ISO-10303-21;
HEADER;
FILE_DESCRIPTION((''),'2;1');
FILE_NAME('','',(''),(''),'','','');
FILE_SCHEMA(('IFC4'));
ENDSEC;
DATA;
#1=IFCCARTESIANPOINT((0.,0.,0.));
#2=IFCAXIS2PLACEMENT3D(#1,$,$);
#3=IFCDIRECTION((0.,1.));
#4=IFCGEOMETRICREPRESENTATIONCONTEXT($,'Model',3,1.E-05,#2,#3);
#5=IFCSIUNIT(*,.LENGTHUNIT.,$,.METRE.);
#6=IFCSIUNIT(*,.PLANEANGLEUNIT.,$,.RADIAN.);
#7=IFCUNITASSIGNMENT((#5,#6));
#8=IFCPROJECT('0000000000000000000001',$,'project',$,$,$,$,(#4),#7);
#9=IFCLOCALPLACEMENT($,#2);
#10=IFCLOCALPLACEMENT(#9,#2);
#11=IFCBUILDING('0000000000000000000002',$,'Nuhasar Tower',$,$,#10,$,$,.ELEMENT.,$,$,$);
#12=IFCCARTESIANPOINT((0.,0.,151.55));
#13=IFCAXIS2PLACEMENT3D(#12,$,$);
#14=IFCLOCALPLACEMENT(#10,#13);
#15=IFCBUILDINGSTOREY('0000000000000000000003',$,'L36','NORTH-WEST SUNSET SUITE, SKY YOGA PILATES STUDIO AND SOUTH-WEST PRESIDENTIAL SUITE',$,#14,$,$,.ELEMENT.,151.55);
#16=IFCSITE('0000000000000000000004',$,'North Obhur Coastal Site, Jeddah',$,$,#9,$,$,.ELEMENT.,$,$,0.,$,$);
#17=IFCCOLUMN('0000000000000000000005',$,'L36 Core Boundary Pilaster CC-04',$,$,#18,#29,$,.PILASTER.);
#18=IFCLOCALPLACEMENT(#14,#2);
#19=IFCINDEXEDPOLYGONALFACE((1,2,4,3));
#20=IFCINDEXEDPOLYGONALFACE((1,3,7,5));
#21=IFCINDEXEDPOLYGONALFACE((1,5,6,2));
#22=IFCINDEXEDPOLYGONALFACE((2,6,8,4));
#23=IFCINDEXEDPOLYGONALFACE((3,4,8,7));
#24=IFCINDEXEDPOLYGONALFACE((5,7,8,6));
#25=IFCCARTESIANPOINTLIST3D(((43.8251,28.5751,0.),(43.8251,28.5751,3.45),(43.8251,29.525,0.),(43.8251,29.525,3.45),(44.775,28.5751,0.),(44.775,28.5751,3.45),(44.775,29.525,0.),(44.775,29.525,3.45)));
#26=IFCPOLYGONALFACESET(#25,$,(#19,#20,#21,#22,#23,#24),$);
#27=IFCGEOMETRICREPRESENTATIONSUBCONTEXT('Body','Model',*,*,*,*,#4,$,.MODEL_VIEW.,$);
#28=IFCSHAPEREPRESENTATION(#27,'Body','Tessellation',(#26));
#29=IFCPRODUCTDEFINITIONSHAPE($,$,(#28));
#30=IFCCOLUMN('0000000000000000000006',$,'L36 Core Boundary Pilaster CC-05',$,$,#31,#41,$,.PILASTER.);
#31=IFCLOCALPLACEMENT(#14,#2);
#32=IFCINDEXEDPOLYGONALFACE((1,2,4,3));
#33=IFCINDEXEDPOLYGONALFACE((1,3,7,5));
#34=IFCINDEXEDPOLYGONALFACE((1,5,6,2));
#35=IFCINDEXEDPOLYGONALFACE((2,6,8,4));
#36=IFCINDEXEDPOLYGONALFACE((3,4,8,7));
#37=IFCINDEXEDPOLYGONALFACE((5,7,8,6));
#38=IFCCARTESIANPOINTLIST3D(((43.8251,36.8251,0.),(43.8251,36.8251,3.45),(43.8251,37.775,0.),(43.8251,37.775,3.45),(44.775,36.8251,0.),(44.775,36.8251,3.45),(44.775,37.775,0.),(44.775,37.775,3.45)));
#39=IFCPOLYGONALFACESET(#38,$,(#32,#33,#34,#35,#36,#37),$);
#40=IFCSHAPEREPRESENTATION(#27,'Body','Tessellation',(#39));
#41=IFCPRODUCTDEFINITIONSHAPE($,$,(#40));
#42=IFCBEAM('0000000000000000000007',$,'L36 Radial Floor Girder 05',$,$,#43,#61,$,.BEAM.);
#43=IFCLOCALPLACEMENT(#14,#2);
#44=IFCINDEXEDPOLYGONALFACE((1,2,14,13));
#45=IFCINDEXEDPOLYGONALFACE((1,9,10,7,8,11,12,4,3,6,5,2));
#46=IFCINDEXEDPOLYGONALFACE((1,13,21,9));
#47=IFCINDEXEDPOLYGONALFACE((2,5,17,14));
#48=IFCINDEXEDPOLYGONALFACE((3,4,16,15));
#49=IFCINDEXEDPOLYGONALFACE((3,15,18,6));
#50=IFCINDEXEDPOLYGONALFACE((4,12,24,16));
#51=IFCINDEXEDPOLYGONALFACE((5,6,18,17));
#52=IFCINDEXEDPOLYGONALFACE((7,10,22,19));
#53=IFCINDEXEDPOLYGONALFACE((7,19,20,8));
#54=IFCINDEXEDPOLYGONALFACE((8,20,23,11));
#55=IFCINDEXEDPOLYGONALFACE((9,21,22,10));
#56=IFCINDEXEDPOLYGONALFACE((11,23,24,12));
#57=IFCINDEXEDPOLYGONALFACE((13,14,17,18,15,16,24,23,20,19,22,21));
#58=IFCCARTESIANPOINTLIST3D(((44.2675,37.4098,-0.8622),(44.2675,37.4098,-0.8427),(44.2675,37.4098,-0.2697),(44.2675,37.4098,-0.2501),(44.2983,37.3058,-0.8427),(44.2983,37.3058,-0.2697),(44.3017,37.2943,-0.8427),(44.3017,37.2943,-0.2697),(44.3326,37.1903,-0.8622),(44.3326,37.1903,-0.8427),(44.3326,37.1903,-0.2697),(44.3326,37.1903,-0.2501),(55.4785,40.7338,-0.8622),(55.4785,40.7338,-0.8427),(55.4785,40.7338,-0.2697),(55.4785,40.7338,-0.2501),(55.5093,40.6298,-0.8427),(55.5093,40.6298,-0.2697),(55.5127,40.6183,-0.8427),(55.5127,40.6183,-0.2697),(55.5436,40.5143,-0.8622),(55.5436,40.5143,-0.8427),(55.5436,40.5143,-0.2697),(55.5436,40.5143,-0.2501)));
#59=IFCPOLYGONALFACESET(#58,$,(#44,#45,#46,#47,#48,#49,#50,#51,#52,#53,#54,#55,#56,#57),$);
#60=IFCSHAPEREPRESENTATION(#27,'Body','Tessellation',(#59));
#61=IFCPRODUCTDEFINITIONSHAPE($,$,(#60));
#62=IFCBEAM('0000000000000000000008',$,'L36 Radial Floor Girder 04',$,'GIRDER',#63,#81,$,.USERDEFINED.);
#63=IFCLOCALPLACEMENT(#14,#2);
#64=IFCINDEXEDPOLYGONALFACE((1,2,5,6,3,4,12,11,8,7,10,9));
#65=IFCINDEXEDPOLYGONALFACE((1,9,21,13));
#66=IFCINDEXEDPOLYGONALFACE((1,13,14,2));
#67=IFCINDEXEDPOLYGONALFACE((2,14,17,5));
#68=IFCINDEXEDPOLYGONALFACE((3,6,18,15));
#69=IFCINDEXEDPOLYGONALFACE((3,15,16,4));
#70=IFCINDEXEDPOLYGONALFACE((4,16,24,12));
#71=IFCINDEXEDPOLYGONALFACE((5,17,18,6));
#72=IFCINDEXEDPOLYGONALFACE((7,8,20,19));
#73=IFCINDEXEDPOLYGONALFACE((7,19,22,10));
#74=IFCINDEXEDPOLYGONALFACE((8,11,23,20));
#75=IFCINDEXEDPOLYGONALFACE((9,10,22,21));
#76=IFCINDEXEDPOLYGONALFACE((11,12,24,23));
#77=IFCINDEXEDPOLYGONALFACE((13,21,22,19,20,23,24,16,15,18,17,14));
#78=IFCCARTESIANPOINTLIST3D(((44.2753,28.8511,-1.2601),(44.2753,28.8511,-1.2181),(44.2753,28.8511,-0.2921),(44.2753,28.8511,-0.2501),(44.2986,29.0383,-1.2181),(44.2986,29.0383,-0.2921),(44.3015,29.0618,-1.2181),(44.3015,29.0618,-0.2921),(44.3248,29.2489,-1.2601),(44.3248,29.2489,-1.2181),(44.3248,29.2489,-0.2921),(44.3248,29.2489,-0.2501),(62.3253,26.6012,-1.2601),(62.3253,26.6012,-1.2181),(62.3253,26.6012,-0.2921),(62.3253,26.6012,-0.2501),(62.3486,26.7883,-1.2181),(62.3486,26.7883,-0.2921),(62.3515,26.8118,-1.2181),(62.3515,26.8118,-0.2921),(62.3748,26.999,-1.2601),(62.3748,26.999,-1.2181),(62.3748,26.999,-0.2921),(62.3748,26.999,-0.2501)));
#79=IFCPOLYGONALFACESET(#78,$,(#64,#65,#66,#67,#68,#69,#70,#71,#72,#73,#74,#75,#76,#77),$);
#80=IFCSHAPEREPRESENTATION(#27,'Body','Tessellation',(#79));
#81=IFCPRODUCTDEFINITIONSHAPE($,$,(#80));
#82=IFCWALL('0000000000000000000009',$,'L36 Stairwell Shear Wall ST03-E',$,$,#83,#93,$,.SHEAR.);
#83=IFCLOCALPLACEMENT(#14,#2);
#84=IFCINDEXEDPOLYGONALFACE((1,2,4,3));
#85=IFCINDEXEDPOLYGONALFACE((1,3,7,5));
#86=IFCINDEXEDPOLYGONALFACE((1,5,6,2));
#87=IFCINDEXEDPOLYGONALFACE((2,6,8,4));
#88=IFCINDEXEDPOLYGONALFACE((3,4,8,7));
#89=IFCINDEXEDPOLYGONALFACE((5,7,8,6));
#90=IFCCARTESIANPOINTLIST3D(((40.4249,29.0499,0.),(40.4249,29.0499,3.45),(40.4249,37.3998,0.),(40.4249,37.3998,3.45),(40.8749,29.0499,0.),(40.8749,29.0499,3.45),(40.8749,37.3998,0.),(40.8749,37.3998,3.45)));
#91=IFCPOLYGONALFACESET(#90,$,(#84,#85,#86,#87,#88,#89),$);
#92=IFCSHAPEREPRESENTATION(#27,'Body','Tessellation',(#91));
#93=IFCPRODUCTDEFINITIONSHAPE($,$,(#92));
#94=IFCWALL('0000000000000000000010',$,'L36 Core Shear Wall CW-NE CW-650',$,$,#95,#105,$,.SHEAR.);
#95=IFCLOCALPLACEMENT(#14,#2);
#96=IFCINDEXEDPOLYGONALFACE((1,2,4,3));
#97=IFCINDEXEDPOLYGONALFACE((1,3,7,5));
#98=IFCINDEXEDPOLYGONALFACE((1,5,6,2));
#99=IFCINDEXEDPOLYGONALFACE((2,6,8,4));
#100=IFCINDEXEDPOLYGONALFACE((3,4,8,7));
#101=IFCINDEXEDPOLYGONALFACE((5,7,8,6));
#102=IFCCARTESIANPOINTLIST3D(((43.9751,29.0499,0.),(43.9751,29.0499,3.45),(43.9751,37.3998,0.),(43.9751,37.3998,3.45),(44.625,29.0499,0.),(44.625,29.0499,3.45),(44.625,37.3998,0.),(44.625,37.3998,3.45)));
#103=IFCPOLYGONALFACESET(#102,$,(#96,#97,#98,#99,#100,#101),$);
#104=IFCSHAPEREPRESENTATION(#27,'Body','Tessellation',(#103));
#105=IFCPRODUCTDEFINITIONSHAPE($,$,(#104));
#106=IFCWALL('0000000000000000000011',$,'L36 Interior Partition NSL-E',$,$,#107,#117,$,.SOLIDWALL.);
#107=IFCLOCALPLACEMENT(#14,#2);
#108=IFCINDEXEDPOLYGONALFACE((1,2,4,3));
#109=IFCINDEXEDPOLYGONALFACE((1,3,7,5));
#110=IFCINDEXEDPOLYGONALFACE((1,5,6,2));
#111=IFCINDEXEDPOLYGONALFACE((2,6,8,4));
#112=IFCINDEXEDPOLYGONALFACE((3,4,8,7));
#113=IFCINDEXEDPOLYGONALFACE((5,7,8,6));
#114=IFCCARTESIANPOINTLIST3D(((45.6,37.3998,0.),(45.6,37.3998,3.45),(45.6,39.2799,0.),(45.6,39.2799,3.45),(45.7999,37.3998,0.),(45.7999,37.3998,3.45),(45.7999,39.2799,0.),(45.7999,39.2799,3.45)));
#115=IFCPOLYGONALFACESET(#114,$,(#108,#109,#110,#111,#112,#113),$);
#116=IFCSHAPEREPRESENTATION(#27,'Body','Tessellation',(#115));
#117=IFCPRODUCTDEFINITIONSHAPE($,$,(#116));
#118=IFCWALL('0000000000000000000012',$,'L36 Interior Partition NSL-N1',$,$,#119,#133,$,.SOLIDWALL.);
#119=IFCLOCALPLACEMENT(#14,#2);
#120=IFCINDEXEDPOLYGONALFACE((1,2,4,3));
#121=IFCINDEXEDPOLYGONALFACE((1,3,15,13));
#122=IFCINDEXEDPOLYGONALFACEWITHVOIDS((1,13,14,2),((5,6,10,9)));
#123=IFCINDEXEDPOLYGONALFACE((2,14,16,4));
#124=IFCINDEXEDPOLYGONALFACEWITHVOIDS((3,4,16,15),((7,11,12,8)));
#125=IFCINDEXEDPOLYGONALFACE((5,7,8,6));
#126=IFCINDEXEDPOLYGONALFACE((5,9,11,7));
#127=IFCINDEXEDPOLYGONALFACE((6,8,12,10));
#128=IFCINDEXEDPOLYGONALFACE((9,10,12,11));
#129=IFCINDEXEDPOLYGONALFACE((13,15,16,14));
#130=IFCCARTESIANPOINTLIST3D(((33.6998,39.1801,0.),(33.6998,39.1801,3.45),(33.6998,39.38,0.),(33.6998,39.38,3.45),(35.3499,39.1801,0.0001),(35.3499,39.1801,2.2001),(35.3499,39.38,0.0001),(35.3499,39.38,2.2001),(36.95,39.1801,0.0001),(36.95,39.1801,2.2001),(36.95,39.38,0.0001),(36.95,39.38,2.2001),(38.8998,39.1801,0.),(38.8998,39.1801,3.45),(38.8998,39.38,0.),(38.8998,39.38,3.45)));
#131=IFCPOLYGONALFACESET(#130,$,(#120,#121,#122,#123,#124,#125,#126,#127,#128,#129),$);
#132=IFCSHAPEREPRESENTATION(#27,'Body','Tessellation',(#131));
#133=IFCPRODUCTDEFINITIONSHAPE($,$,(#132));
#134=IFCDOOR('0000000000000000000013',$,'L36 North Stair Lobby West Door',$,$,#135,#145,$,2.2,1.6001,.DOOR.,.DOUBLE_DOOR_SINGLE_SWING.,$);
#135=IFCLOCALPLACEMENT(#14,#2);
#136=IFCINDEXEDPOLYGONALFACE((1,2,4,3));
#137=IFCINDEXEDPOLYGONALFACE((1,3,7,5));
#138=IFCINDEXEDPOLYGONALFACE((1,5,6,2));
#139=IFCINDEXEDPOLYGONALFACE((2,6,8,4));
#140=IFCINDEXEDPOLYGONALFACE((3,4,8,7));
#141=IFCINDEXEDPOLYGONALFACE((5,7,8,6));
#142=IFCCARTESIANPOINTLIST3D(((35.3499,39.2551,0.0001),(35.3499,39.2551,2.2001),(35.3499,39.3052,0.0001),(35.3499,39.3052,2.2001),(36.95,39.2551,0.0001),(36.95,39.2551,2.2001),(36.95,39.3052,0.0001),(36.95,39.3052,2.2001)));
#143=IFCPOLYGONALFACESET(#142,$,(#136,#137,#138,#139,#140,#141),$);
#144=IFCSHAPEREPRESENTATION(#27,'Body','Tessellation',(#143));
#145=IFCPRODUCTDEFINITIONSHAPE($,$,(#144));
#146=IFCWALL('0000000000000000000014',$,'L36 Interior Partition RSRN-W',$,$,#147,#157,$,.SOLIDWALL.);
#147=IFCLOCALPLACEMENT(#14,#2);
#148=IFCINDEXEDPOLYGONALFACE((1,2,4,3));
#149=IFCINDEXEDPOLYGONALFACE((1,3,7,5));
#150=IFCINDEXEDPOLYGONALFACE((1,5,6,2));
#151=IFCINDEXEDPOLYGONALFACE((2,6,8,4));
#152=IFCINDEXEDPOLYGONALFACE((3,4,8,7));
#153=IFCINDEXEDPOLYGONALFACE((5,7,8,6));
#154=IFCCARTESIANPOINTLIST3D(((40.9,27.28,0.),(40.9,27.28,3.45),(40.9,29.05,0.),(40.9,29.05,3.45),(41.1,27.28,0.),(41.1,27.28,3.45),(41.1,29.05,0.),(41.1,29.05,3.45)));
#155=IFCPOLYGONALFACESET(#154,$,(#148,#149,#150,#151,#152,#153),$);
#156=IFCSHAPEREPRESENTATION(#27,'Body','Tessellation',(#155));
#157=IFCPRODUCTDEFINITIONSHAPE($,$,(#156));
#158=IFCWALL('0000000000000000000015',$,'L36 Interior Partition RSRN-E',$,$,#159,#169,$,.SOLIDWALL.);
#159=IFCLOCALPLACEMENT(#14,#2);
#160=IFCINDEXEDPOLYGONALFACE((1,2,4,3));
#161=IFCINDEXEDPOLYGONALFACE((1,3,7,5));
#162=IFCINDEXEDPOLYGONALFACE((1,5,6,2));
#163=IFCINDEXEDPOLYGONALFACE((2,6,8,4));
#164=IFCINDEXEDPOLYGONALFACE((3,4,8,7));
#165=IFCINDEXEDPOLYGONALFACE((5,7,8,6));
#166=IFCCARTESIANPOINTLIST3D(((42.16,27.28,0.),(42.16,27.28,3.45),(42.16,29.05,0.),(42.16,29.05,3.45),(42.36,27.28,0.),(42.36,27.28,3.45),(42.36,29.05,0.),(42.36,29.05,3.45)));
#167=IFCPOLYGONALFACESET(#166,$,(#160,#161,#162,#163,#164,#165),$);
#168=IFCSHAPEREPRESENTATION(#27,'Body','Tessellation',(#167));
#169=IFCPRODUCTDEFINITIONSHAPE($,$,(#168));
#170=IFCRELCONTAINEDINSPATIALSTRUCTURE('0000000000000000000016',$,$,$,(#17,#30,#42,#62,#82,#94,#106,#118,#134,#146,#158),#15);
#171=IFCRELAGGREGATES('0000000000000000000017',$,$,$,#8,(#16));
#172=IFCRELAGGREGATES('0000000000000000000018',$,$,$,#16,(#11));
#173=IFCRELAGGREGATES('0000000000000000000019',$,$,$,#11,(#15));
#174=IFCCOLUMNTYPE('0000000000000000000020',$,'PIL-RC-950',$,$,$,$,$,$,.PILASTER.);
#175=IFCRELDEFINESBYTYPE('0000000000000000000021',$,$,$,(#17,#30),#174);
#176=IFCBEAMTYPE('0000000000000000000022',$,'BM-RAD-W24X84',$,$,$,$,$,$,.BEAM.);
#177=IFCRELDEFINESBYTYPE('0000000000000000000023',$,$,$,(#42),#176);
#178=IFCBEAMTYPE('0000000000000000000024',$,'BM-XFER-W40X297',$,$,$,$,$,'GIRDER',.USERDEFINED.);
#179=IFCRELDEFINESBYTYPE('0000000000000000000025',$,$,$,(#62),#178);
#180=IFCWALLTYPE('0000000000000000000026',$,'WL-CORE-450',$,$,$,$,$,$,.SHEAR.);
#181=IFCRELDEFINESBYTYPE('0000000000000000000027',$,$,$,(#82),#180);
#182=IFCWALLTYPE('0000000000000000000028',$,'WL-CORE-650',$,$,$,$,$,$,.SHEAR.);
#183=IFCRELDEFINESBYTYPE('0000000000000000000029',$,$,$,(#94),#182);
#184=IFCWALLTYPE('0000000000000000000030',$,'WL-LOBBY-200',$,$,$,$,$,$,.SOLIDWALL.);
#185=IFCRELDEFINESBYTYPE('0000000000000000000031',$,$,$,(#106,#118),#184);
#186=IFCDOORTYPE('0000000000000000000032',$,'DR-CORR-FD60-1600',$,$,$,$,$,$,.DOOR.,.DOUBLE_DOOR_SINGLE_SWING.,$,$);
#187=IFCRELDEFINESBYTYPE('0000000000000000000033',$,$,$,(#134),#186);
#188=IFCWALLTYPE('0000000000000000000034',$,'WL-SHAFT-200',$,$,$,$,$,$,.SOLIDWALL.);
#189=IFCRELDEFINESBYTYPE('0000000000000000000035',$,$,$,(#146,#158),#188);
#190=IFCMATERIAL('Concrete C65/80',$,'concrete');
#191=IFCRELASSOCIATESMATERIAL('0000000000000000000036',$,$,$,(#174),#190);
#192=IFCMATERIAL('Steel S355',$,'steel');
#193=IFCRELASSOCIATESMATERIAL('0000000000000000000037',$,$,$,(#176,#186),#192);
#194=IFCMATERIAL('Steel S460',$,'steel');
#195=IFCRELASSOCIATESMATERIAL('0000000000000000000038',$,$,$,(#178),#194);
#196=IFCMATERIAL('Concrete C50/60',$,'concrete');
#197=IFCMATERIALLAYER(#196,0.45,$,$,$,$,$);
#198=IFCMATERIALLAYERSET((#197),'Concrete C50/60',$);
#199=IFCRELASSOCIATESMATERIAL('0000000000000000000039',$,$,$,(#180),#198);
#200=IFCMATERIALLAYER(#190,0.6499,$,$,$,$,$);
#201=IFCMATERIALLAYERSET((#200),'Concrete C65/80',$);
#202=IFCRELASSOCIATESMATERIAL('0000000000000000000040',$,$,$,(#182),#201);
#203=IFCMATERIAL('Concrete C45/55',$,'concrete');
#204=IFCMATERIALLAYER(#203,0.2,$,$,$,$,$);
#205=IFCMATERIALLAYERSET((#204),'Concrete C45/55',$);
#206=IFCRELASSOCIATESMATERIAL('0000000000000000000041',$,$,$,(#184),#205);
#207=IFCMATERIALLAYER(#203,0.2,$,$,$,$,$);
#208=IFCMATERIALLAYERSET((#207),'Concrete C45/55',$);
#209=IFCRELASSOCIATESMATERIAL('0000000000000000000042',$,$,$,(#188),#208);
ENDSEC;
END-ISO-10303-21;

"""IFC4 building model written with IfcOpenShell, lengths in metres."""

from ifc_helpers import new_model, si_unit, direction, frame, frame_2d, origin, origin_2d, place, context, subcontext, project, spatial, rectangle, i_section, extrude, material, layer, layer_set, material_profile, profile_set, type_object, element, fill, save


model = new_model("IFC4")

# Units and contexts
model_context = context("Model", 3, precision=1e-05, world=origin(), true_north=direction((0.0, 1.0)))
body_context = subcontext(model_context, "Body", "Model", "MODEL_VIEW")
ifc_project = project(units=[si_unit("LENGTHUNIT", "METRE"), si_unit("PLANEANGLEUNIT", "RADIAN")], contexts=[model_context])

# Site, building, storey
site_placement = place(None, origin())
site = spatial("IfcSite", under=ifc_project, at=site_placement, Name="North Obhur Coastal Site, Jeddah", CompositionType="ELEMENT", RefElevation=0.0)
building_placement = place(site_placement, origin())
building = spatial("IfcBuilding", under=site, at=building_placement, Name="Nuhasar Tower", CompositionType="ELEMENT")
storey_placement = place(building_placement, frame((0.0, 0.0, 151.55)))
storey = spatial("IfcBuildingStorey", under=building, at=storey_placement, Name="L36", Description="NORTH-WEST SUNSET SUITE, SKY YOGA PILATES STUDIO AND SOUTH-WEST PRESIDENTIAL SUITE", CompositionType="ELEMENT", Elevation=151.55)

# Columns
ifc_material_1 = material(Name="Concrete C65/80", Category="concrete")
ifc_material_profile_1 = material_profile(ifc_material_1, rectangle(XDim=0.95, YDim=0.95, at=origin_2d()), Name="RC950X950")
ifc_profile_set_1 = profile_set([ifc_material_profile_1], Name="Concrete C65/80")
column_type = type_object("IfcColumnType", Name="PIL-RC-950", PredefinedType="PILASTER", material=ifc_profile_set_1)
for number, where, z_axis, x_axis, name in (
    (1, (44.3, 29.05, 0.0), (0.0, 0.0, 1.0), (1.0, 0.0, 0.0), "L36 Core Boundary Pilaster CC-04"),
    (2, (44.3, 37.3, 0.0), (0.0, 0.0, 1.0), (1.0, 0.0, 0.0), "L36 Core Boundary Pilaster CC-05"),
):
    element("IfcColumn", number, at=place(storey_placement, frame(where, z_axis=z_axis, x_axis=x_axis)), inside=storey, type_object=column_type, Name=name, PredefinedType="PILASTER", context=body_context, shape_type="SweptSolid", body=[
        extrude(rectangle(XDim=0.95, YDim=0.95, at=origin_2d()), origin(), (0.0, 0.0, 1.0), 3.45),
    ])

# Beams
ifc_material_2 = material(Name="Steel S355", Category="steel")
ifc_material_profile_2 = material_profile(ifc_material_2, i_section(OverallWidth=0.229, OverallDepth=0.6121, WebThickness=0.012, FlangeThickness=0.0195, at=origin_2d()), Name="W24X84")
ifc_profile_set_2 = profile_set([ifc_material_profile_2], Name="Steel S355")
beam_type_1 = type_object("IfcBeamType", Name="BM-RAD-W24X84", PredefinedType="BEAM", material=ifc_profile_set_2)
beam_1_placement = place(storey_placement, frame((44.3, 37.3, -0.5562), z_axis=(0.958746, 0.284262, 0.0), x_axis=(-0.284262, 0.958746, 0.0)))
element("IfcBeam", 3, at=beam_1_placement, inside=storey, type_object=beam_type_1, Name="L36 Radial Floor Girder 05", PredefinedType="BEAM", context=body_context, shape_type="SweptSolid", body=[
    extrude(i_section(OverallWidth=0.229, OverallDepth=0.6121, WebThickness=0.012, FlangeThickness=0.0195, at=origin_2d()), origin(), (0.0, 0.0, 1.0), 11.6934),
])
ifc_material_3 = material(Name="Steel S460", Category="steel")
ifc_material_profile_3 = material_profile(ifc_material_3, i_section(OverallWidth=0.4009, OverallDepth=1.01, WebThickness=0.0237, FlangeThickness=0.042, at=origin_2d()), Name="W40X297")
ifc_profile_set_3 = profile_set([ifc_material_profile_3], Name="Steel S460")
beam_type_2 = type_object("IfcBeamType", Name="BM-XFER-W40X297", ElementType="GIRDER", PredefinedType="USERDEFINED", material=ifc_profile_set_3)
beam_2_placement = place(storey_placement, frame((44.3, 29.05, -0.7551), z_axis=(0.99232, -0.123696, 0.0), x_axis=(0.123696, 0.99232, 0.0)))
element("IfcBeam", 4, at=beam_2_placement, inside=storey, type_object=beam_type_2, Name="L36 Radial Floor Girder 04", ObjectType="GIRDER", PredefinedType="USERDEFINED", context=body_context, shape_type="SweptSolid", body=[
    extrude(i_section(OverallWidth=0.4009, OverallDepth=1.01, WebThickness=0.0237, FlangeThickness=0.042, at=origin_2d()), origin(), (0.0, 0.0, 1.0), 18.1897),
])

# Shared definitions
ifc_material_4 = material(Name="Concrete C50/60", Category="concrete")
ifc_layer_1 = layer(ifc_material_4, 0.45)
ifc_layer_set_1 = layer_set([ifc_layer_1], Name="Concrete C50/60")
wall_type_1 = type_object("IfcWallType", Name="WL-CORE-450", PredefinedType="SHEAR", material=ifc_layer_set_1)

# Wall
wall_1_placement = place(storey_placement, frame((40.6499, 29.05, 0.0), z_axis=(0.0, 0.0, 1.0), x_axis=(0.0, 1.0, 0.0)))
element("IfcWall", 5, at=wall_1_placement, inside=storey, type_object=wall_type_1, Name="L36 Stairwell Shear Wall ST03-E", PredefinedType="SHEAR", context=body_context, shape_type="SweptSolid", body=[
    extrude(rectangle(XDim=8.3499, YDim=0.45, at=frame_2d((4.1748, 0.0))), origin(), (0.0, 0.0, 1.0), 3.45),
])

# Walls
ifc_layer_2 = layer(ifc_material_1, 0.6499)
ifc_layer_set_2 = layer_set([ifc_layer_2], Name="Concrete C65/80")
wall_type_2 = type_object("IfcWallType", Name="WL-CORE-650", PredefinedType="SHEAR", material=ifc_layer_set_2)
wall_2_placement = place(storey_placement, frame((44.3, 29.05, 0.0), z_axis=(0.0, 0.0, 1.0), x_axis=(0.0, 1.0, 0.0)))
element("IfcWall", 6, at=wall_2_placement, inside=storey, type_object=wall_type_2, Name="L36 Core Shear Wall CW-NE CW-650", PredefinedType="SHEAR", context=body_context, shape_type="SweptSolid", body=[
    extrude(rectangle(XDim=8.3499, YDim=0.6499, at=frame_2d((4.1748, 0.0))), origin(), (0.0, 0.0, 1.0), 3.45),
])
ifc_material_5 = material(Name="Concrete C45/55", Category="concrete")
ifc_layer_3 = layer(ifc_material_5, 0.2)
ifc_layer_set_3 = layer_set([ifc_layer_3], Name="Concrete C45/55")
wall_type_3 = type_object("IfcWallType", Name="WL-LOBBY-200", PredefinedType="SOLIDWALL", material=ifc_layer_set_3)
wall_3_placement = place(storey_placement, frame((45.7, 37.3999, 0.0), z_axis=(0.0, 0.0, 1.0), x_axis=(0.0, 1.0, 0.0)))
element("IfcWall", 7, at=wall_3_placement, inside=storey, type_object=wall_type_3, Name="L36 Interior Partition NSL-E", PredefinedType="SOLIDWALL", context=body_context, shape_type="SweptSolid", body=[
    extrude(rectangle(XDim=1.8801, YDim=0.2, at=frame_2d((0.9399, 0.0))), origin(), (0.0, 0.0, 1.0), 3.45),
])

# Wall, opening, door
wall_4_placement = place(storey_placement, frame((38.8999, 39.28, 0.0), z_axis=(0.0, 0.0, 1.0), x_axis=(-1.0, 0.0, 0.0)))
wall_4 = element("IfcWall", 8, at=wall_4_placement, inside=storey, type_object=wall_type_3, Name="L36 Interior Partition NSL-N1", PredefinedType="SOLIDWALL", context=body_context, shape_type="SweptSolid", body=[
    extrude(rectangle(XDim=5.2, YDim=0.2, at=frame_2d((2.6001, 0.0))), origin(), (0.0, 0.0, 1.0), 3.45),
])
opening_1_placement = place(wall_4_placement, frame((1.95, 0.0, 0.0)))
opening_1 = element("IfcOpeningElement", 9, at=opening_1_placement, cuts=wall_4, PredefinedType="OPENING", context=body_context, shape_type="SweptSolid", body=[
    extrude(rectangle(XDim=1.6001, YDim=2.2, at=frame_2d((0.8, 1.1001))), frame((0.0, 0.1099, 0.0), z_axis=(0.0, -1.0, 0.0), x_axis=(1.0, 0.0, 0.0)), (0.0, 0.0, 1.0), 0.22),
])
door_type_1 = type_object("IfcDoorType", Name="DR-CORR-FD60-1600", OperationType="DOUBLE_DOOR_SINGLE_SWING", PredefinedType="DOOR", material=ifc_material_2)
door_1_placement = place(opening_1_placement, origin())
door_1 = element("IfcDoor", 10, at=door_1_placement, inside=storey, type_object=door_type_1, Name="L36 North Stair Lobby West Door", OperationType="DOUBLE_DOOR_SINGLE_SWING", OverallHeight=2.2, OverallWidth=1.6001, PredefinedType="DOOR", context=body_context, shape_type="SweptSolid", body=[
    extrude(rectangle(XDim=1.6001, YDim=2.2, at=frame_2d((0.8, 1.1001))), frame((0.0, 0.0249, 0.0), z_axis=(0.0, -1.0, 0.0), x_axis=(1.0, 0.0, 0.0)), (0.0, 0.0, 1.0), 0.05),
])
fill(opening_1, door_1)

# Walls
ifc_layer_4 = layer(ifc_material_5, 0.2)
ifc_layer_set_4 = layer_set([ifc_layer_4], Name="Concrete C45/55")
wall_type_4 = type_object("IfcWallType", Name="WL-SHAFT-200", PredefinedType="SOLIDWALL", material=ifc_layer_set_4)
for number, where, z_axis, x_axis, name in (
    (11, (41.0, 27.28, 0.0), (0.0, 0.0, 1.0), (0.0, 1.0, 0.0), "L36 Interior Partition RSRN-W"),
    (12, (42.26, 27.28, 0.0), (0.0, 0.0, 1.0), (0.0, 1.0, 0.0), "L36 Interior Partition RSRN-E"),
):
    element("IfcWall", number, at=place(storey_placement, frame(where, z_axis=z_axis, x_axis=x_axis)), inside=storey, type_object=wall_type_4, Name=name, PredefinedType="SOLIDWALL", context=body_context, shape_type="SweptSolid", body=[
        extrude(rectangle(XDim=1.77, YDim=0.2, at=frame_2d((0.885, 0.0))), origin(), (0.0, 0.0, 1.0), 3.45),
    ])

save(model, "model.ifc")
